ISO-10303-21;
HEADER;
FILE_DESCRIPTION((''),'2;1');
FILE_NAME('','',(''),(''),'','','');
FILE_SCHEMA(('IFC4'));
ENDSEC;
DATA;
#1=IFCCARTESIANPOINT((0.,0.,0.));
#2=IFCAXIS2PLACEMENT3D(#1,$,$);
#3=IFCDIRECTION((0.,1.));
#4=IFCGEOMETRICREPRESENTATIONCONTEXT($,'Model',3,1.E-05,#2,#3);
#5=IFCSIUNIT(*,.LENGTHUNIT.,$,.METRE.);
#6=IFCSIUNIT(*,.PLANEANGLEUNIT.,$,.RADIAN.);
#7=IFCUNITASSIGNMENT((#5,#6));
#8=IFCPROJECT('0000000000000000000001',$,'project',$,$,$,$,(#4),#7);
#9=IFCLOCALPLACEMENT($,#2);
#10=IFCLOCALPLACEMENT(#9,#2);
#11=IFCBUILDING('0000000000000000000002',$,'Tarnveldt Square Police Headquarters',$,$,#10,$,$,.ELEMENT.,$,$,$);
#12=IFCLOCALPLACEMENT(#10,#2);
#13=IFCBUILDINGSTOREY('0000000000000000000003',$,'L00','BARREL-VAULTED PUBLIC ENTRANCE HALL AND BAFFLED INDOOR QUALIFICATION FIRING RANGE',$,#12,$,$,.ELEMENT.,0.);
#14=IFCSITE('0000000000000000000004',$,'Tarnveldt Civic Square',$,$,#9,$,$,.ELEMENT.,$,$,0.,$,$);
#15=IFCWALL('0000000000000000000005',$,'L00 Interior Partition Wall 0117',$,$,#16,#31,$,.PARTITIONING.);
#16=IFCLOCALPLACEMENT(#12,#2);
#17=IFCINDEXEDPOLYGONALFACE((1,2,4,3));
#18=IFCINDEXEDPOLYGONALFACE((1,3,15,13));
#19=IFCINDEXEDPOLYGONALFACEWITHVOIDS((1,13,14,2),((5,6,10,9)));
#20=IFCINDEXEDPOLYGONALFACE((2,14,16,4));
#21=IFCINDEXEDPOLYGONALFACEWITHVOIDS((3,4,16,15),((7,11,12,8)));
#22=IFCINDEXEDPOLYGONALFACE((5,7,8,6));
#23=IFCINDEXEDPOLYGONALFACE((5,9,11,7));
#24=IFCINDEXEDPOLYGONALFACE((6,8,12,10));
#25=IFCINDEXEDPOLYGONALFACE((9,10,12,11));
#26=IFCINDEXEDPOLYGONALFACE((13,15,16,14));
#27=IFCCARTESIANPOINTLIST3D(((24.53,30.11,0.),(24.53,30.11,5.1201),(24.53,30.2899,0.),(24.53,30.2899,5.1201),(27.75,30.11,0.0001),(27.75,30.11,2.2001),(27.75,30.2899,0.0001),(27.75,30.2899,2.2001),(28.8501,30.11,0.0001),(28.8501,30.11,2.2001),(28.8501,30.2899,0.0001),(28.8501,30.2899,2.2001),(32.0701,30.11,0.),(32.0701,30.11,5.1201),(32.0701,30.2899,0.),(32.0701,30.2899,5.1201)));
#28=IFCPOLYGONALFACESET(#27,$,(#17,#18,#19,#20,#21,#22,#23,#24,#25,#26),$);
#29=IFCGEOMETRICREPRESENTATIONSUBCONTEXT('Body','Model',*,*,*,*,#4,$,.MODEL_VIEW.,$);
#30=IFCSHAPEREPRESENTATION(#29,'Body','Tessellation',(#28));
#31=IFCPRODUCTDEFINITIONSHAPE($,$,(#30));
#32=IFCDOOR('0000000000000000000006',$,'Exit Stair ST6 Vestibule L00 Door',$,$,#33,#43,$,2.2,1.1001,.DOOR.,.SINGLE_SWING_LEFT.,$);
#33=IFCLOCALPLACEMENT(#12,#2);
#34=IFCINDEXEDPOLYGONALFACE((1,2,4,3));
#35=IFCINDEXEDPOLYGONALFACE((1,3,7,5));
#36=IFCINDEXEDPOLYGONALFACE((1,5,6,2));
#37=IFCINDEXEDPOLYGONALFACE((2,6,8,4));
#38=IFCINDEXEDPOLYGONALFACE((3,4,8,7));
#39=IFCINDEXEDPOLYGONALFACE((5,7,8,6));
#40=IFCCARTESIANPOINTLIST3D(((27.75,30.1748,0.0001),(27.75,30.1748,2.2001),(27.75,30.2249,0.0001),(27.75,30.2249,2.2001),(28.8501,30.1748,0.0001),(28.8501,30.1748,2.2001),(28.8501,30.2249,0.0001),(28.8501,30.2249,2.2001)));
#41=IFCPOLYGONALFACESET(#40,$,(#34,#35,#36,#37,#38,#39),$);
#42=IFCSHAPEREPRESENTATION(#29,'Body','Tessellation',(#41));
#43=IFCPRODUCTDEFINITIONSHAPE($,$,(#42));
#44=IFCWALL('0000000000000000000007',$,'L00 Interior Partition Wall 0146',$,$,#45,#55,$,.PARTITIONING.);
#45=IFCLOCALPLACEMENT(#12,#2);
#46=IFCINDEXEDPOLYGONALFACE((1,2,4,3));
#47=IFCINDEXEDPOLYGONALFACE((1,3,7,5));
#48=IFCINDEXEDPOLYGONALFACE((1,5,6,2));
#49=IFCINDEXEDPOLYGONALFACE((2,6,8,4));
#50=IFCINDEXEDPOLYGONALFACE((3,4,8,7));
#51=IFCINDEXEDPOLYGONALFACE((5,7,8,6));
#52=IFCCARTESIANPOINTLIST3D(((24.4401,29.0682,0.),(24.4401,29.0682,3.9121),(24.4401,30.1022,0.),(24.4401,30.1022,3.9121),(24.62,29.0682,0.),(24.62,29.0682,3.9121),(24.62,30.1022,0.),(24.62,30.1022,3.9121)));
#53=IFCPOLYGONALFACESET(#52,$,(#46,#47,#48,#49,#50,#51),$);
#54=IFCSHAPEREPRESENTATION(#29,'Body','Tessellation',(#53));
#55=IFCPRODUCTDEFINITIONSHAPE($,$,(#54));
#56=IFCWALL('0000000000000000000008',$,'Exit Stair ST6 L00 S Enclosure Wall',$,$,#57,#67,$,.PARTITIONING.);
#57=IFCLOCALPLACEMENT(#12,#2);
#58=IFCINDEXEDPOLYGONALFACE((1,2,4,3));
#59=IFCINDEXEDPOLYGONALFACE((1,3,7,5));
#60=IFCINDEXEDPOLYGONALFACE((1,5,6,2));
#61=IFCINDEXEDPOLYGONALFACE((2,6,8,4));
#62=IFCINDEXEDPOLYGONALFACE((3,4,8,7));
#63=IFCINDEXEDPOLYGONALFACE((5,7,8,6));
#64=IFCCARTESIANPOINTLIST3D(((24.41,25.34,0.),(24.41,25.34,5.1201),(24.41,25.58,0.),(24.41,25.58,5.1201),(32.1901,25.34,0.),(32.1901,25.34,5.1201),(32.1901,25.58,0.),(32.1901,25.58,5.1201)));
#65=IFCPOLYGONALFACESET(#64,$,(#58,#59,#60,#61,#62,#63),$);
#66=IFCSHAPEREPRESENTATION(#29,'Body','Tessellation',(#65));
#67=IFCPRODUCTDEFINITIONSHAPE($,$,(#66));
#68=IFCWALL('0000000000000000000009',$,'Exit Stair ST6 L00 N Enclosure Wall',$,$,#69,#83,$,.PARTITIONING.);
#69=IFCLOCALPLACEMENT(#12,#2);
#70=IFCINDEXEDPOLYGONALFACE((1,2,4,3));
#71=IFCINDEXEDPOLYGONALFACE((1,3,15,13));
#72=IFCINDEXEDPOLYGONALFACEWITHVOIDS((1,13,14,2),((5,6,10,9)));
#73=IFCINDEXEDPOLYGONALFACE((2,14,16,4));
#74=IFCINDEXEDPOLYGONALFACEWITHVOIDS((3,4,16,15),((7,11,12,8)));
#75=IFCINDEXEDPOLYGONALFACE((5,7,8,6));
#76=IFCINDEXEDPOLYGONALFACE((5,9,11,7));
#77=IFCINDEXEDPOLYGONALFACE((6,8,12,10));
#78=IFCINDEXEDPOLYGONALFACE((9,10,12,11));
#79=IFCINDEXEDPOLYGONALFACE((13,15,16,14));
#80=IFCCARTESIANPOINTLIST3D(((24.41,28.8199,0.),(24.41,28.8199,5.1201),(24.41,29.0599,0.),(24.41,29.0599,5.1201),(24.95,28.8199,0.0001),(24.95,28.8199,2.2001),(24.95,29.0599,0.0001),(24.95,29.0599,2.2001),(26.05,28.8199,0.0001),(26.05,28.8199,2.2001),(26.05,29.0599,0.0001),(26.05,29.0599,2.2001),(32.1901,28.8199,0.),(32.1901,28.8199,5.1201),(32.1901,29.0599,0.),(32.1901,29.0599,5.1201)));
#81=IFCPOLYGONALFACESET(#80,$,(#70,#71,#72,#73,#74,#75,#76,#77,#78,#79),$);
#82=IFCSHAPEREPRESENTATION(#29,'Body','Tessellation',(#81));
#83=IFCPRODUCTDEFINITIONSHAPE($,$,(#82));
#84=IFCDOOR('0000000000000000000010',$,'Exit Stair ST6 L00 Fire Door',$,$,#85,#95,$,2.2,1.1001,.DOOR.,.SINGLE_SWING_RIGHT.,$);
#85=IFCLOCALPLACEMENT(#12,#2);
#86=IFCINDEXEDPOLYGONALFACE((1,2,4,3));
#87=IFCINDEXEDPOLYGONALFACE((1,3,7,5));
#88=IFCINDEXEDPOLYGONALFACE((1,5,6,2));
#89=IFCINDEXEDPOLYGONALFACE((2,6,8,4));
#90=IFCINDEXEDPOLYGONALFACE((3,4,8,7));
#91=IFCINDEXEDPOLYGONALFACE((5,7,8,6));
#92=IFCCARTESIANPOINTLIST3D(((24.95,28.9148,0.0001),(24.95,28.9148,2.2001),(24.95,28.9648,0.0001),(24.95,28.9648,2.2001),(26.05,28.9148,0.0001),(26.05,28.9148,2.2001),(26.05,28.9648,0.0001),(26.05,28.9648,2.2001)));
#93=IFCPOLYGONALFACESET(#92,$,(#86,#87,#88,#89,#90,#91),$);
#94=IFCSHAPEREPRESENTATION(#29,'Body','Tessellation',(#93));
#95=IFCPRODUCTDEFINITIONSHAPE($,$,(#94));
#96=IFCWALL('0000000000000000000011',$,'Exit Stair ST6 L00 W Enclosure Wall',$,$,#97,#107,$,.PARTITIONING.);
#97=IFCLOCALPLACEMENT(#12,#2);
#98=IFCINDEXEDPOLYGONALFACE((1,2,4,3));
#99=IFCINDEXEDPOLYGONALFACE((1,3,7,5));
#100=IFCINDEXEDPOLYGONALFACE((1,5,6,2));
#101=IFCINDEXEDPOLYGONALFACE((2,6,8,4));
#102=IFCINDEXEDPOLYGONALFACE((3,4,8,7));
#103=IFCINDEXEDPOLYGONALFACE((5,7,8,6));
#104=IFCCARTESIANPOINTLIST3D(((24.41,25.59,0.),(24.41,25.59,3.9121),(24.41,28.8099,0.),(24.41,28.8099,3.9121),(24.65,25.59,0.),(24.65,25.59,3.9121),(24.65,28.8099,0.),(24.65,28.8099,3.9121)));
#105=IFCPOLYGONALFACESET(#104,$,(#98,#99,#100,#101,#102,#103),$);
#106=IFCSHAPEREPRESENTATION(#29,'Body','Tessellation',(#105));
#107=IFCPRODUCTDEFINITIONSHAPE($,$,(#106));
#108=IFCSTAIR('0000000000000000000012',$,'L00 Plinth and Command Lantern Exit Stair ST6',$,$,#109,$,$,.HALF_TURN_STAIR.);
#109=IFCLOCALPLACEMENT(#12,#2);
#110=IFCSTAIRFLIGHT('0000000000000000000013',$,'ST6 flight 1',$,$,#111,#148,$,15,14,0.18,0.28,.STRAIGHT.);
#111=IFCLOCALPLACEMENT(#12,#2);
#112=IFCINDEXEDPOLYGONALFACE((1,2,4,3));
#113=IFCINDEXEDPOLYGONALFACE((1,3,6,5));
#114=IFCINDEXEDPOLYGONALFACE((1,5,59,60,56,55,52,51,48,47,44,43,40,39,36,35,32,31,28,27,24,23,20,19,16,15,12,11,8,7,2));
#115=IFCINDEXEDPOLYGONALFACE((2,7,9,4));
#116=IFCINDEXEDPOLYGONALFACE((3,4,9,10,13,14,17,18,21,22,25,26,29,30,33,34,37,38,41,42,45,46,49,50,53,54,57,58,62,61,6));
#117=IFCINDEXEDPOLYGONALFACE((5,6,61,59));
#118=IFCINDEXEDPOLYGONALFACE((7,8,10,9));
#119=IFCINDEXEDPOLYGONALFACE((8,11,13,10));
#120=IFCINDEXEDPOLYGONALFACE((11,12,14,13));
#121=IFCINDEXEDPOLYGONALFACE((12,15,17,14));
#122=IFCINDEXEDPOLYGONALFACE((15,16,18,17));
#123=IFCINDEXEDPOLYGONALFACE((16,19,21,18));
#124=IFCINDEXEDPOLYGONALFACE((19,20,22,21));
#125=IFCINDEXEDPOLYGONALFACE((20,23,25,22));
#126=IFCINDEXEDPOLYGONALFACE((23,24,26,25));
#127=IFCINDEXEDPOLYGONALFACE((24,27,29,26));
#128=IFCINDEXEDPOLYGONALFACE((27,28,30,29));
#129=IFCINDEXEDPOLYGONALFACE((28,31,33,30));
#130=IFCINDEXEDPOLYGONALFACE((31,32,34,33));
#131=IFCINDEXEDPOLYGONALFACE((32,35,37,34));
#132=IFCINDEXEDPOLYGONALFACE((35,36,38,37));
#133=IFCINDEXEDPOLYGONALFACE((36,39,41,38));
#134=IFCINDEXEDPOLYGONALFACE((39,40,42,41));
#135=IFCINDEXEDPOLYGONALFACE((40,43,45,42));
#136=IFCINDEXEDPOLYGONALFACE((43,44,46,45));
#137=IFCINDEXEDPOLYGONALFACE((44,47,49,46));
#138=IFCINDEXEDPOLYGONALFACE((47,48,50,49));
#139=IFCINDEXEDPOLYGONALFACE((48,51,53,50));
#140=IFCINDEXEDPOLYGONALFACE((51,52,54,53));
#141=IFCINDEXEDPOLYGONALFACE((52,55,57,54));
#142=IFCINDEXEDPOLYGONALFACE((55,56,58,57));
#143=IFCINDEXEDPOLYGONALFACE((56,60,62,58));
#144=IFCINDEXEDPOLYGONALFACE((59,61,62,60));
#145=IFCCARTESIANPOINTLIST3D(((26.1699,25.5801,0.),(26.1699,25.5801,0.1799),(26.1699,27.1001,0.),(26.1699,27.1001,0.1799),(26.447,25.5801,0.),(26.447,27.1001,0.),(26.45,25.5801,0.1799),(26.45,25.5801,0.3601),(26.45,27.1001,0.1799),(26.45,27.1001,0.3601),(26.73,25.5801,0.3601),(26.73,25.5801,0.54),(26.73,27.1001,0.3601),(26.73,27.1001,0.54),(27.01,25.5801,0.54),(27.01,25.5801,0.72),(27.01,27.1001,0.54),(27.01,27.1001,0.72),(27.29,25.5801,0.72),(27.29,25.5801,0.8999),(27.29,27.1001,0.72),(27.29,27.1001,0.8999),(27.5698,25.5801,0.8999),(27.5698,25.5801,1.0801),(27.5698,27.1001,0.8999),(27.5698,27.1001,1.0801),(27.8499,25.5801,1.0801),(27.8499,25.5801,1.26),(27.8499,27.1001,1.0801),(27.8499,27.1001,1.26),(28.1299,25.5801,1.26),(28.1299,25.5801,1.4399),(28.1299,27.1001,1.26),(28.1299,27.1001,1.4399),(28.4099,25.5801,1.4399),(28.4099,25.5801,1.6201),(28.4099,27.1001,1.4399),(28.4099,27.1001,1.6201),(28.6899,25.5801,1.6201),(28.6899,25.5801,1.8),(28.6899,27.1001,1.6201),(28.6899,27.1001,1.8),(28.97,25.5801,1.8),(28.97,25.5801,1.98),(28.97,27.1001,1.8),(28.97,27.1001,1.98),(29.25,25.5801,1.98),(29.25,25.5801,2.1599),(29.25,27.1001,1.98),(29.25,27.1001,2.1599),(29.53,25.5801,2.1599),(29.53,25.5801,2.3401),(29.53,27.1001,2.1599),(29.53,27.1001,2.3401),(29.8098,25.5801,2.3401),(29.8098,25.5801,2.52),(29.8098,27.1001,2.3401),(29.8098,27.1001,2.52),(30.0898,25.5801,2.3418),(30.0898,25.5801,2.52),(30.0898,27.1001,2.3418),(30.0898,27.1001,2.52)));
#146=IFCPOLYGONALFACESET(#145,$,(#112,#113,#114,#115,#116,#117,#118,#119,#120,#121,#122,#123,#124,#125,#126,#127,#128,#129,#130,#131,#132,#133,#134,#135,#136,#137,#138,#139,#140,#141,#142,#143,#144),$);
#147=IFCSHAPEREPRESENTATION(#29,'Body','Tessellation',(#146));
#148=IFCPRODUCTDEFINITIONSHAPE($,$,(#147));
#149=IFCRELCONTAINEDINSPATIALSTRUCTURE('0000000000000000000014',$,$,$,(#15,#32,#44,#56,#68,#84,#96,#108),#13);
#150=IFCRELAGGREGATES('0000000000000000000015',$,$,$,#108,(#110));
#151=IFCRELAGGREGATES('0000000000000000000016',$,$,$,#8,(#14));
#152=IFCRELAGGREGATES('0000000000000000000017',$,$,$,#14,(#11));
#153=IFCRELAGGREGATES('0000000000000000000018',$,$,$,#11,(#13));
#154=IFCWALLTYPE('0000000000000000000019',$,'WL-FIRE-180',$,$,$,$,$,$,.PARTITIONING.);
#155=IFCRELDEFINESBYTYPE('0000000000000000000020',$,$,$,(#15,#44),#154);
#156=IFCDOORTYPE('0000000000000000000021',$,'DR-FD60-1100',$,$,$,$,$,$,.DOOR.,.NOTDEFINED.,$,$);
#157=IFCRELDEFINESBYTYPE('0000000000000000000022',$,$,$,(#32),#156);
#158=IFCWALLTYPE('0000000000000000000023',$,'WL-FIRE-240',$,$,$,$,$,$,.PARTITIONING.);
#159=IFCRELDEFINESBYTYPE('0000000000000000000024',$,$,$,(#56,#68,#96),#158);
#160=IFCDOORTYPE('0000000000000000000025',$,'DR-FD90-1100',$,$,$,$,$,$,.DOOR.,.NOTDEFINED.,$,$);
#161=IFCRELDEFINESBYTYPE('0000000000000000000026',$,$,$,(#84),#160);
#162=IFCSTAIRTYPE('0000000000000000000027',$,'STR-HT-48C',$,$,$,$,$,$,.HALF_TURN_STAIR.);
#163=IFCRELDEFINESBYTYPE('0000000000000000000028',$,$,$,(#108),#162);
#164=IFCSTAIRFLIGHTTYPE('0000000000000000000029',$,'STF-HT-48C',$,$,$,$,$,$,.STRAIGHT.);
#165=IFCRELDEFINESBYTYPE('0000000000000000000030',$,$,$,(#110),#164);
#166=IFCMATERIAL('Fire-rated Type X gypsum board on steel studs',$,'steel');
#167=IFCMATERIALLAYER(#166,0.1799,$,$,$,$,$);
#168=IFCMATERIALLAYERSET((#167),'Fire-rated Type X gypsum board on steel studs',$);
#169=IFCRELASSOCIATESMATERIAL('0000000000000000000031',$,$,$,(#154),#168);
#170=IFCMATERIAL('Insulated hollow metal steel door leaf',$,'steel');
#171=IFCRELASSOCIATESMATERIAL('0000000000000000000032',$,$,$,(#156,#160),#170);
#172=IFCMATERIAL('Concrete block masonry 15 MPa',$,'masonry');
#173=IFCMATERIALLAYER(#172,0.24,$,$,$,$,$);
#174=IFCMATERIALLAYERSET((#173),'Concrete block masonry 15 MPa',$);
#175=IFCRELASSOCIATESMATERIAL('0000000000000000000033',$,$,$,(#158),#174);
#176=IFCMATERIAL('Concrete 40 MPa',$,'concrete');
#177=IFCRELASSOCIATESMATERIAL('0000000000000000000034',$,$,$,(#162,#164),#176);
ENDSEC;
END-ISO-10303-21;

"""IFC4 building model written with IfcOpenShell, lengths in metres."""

from ifc_helpers import new_model, si_unit, direction, frame, frame_2d, origin, place, context, subcontext, project, spatial, polyline, rectangle, outline, extrude, material, layer, layer_set, type_object, element, fill, aggregate, save


model = new_model("IFC4")

# Units and contexts
model_context = context("Model", 3, precision=1e-05, world=origin(), true_north=direction((0.0, 1.0)))
body_context = subcontext(model_context, "Body", "Model", "MODEL_VIEW")
ifc_project = project(units=[si_unit("LENGTHUNIT", "METRE"), si_unit("PLANEANGLEUNIT", "RADIAN")], contexts=[model_context])

# Site, building, storey
site_placement = place(None, origin())
site = spatial("IfcSite", under=ifc_project, at=site_placement, Name="Tarnveldt Civic Square", CompositionType="ELEMENT", RefElevation=0.0)
building_placement = place(site_placement, origin())
building = spatial("IfcBuilding", under=site, at=building_placement, Name="Tarnveldt Square Police Headquarters", CompositionType="ELEMENT")
storey_placement = place(building_placement, origin())
storey = spatial("IfcBuildingStorey", under=building, at=storey_placement, Name="L00", Description="BARREL-VAULTED PUBLIC ENTRANCE HALL AND BAFFLED INDOOR QUALIFICATION FIRING RANGE", CompositionType="ELEMENT", Elevation=0.0)

# Shared definitions
ifc_material_1 = material(Name="Concrete 40 MPa", Category="concrete")

# Shared definitions
ifc_material_2 = material(Name="Fire-rated Type X gypsum board on steel studs", Category="steel")
ifc_layer_1 = layer(ifc_material_2, 0.1799)
ifc_layer_set_1 = layer_set([ifc_layer_1], Name="Fire-rated Type X gypsum board on steel studs")
wall_type_1 = type_object("IfcWallType", Name="WL-FIRE-180", PredefinedType="PARTITIONING", material=ifc_layer_set_1)

# Wall, opening, door
wall_1_placement = place(storey_placement, frame((24.53, 30.2, 0.0), z_axis=(0.0, 0.0, 1.0), x_axis=(1.0, 0.0, 0.0)))
wall_1 = element("IfcWall", 1, at=wall_1_placement, inside=storey, type_object=wall_type_1, Name="L00 Interior Partition Wall 0117", PredefinedType="PARTITIONING", context=body_context, shape_type="SweptSolid", body=[
    extrude(rectangle(XDim=7.54, YDim=0.1799, at=frame_2d((3.77, 0.0))), origin(), (0.0, 0.0, 1.0), 5.1201),
])
opening_1_placement = place(wall_1_placement, frame((3.22, 0.0, 0.0)))
opening_1 = element("IfcOpeningElement", 2, at=opening_1_placement, cuts=wall_1, PredefinedType="OPENING", context=body_context, shape_type="SweptSolid", body=[
    extrude(rectangle(XDim=1.1001, YDim=2.2, at=frame_2d((0.55, 1.1001))), frame((0.0, 0.0999, 0.0), z_axis=(0.0, -1.0, 0.0), x_axis=(1.0, 0.0, 0.0)), (0.0, 0.0, 1.0), 0.2),
])
ifc_material_3 = material(Name="Insulated hollow metal steel door leaf", Category="steel")
door_type_1 = type_object("IfcDoorType", Name="DR-FD60-1100", OperationType="NOTDEFINED", PredefinedType="DOOR", material=ifc_material_3)
door_1_placement = place(opening_1_placement, origin())
door_1 = element("IfcDoor", 3, at=door_1_placement, inside=storey, type_object=door_type_1, Name="Exit Stair ST6 Vestibule L00 Door", OperationType="SINGLE_SWING_LEFT", OverallHeight=2.2, OverallWidth=1.1001, PredefinedType="DOOR", context=body_context, shape_type="SweptSolid", body=[
    extrude(rectangle(XDim=1.1001, YDim=2.2, at=frame_2d((0.55, 1.1001))), frame((0.0, 0.0249, 0.0), z_axis=(0.0, -1.0, 0.0), x_axis=(1.0, 0.0, 0.0)), (0.0, 0.0, 1.0), 0.05),
])
fill(opening_1, door_1)

# Walls
wall_2_placement = place(storey_placement, frame((24.53, 29.0681, 0.0), z_axis=(0.0, 0.0, 1.0), x_axis=(0.0, 1.0, 0.0)))
element("IfcWall", 4, at=wall_2_placement, inside=storey, type_object=wall_type_1, Name="L00 Interior Partition Wall 0146", PredefinedType="PARTITIONING", context=body_context, shape_type="SweptSolid", body=[
    extrude(rectangle(XDim=1.0339, YDim=0.1799, at=frame_2d((0.5171, 0.0))), origin(), (0.0, 0.0, 1.0), 3.9121),
])
ifc_material_4 = material(Name="Concrete block masonry 15 MPa", Category="masonry")
ifc_layer_2 = layer(ifc_material_4, 0.24)
ifc_layer_set_2 = layer_set([ifc_layer_2], Name="Concrete block masonry 15 MPa")
wall_type_2 = type_object("IfcWallType", Name="WL-FIRE-240", PredefinedType="PARTITIONING", material=ifc_layer_set_2)
wall_3_placement = place(storey_placement, frame((24.4099, 25.46, 0.0), z_axis=(0.0, 0.0, 1.0), x_axis=(1.0, 0.0, 0.0)))
element("IfcWall", 5, at=wall_3_placement, inside=storey, type_object=wall_type_2, Name="Exit Stair ST6 L00 S Enclosure Wall", PredefinedType="PARTITIONING", context=body_context, shape_type="SweptSolid", body=[
    extrude(rectangle(XDim=7.78, YDim=0.24, at=frame_2d((3.8901, 0.0))), origin(), (0.0, 0.0, 1.0), 5.1201),
])

# Wall, opening, door
wall_4_placement = place(storey_placement, frame((24.4099, 28.9399, 0.0), z_axis=(0.0, 0.0, 1.0), x_axis=(1.0, 0.0, 0.0)))
wall_4 = element("IfcWall", 6, at=wall_4_placement, inside=storey, type_object=wall_type_2, Name="Exit Stair ST6 L00 N Enclosure Wall", PredefinedType="PARTITIONING", context=body_context, shape_type="SweptSolid", body=[
    extrude(rectangle(XDim=7.78, YDim=0.24, at=frame_2d((3.8901, 0.0))), origin(), (0.0, 0.0, 1.0), 5.1201),
])
opening_2_placement = place(wall_4_placement, frame((0.54, 0.0, 0.0)))
opening_2 = element("IfcOpeningElement", 7, at=opening_2_placement, cuts=wall_4, PredefinedType="OPENING", context=body_context, shape_type="SweptSolid", body=[
    extrude(rectangle(XDim=1.1001, YDim=2.2, at=frame_2d((0.55, 1.1001))), frame((0.0, 0.1299, 0.0), z_axis=(0.0, -1.0, 0.0), x_axis=(1.0, 0.0, 0.0)), (0.0, 0.0, 1.0), 0.26),
])
door_type_2 = type_object("IfcDoorType", Name="DR-FD90-1100", OperationType="NOTDEFINED", PredefinedType="DOOR", material=ifc_material_3)
door_2_placement = place(opening_2_placement, origin())
door_2 = element("IfcDoor", 8, at=door_2_placement, inside=storey, type_object=door_type_2, Name="Exit Stair ST6 L00 Fire Door", OperationType="SINGLE_SWING_RIGHT", OverallHeight=2.2, OverallWidth=1.1001, PredefinedType="DOOR", context=body_context, shape_type="SweptSolid", body=[
    extrude(rectangle(XDim=1.1001, YDim=2.2, at=frame_2d((0.55, 1.1001))), frame((0.0, 0.0249, 0.0), z_axis=(0.0, -1.0, 0.0), x_axis=(1.0, 0.0, 0.0)), (0.0, 0.0, 1.0), 0.05),
])
fill(opening_2, door_2)

# Wall
wall_5_placement = place(storey_placement, frame((24.53, 25.5901, 0.0), z_axis=(0.0, 0.0, 1.0), x_axis=(0.0, 1.0, 0.0)))
element("IfcWall", 9, at=wall_5_placement, inside=storey, type_object=wall_type_2, Name="Exit Stair ST6 L00 W Enclosure Wall", PredefinedType="PARTITIONING", context=body_context, shape_type="SweptSolid", body=[
    extrude(rectangle(XDim=3.22, YDim=0.24, at=frame_2d((1.6099, 0.0))), origin(), (0.0, 0.0, 1.0), 3.9121),
])

# Stair, stair flight
stair_type = type_object("IfcStairType", Name="STR-HT-48C", PredefinedType="HALF_TURN_STAIR", material=ifc_material_1)
stair_placement = place(storey_placement, origin())
stair = element("IfcStair", 10, at=stair_placement, inside=storey, type_object=stair_type, Name="L00 Plinth and Command Lantern Exit Stair ST6", PredefinedType="HALF_TURN_STAIR")
stair_flight_type = type_object("IfcStairFlightType", Name="STF-HT-48C", PredefinedType="STRAIGHT", material=ifc_material_1)
stair_flight_placement = place(storey_placement, frame((26.1699, 26.3401, 0.0), z_axis=(0.0, 0.0, 1.0), x_axis=(1.0, 0.0, 0.0)))
stair_flight = element("IfcStairFlight", 11, at=stair_flight_placement, type_object=stair_flight_type, Name="ST6 flight 1", NumberOfRisers=15, NumberOfTreads=14, PredefinedType="STRAIGHT", RiserHeight=0.18, TreadLength=0.28, context=body_context, shape_type="SweptSolid", body=[
    extrude(outline(polyline([(0.0, 0.0), (0.0, 0.1799), (0.28, 0.1799), (0.28, 0.3601), (0.5601, 0.3601), (0.5601, 0.54), (0.8401, 0.54), (0.8401, 0.72), (1.1201, 0.72), (1.1201, 0.8999), (1.3999, 0.8999), (1.3999, 1.0801), (1.6799, 1.0801), (1.6799, 1.26), (1.96, 1.26), (1.96, 1.4399), (2.24, 1.4399), (2.24, 1.6201), (2.52, 1.6201), (2.52, 1.8), (2.8, 1.8), (2.8, 1.98), (3.0801, 1.98), (3.0801, 2.1599), (3.3601, 2.1599), (3.3601, 2.3401), (3.6399, 2.3401), (3.6399, 2.52), (3.9199, 2.52), (3.9199, 2.7), (3.9199, 2.3418), (0.2771, 0.0), (0.0, 0.0)])), frame((0.0, 0.76, 0.0), z_axis=(0.0, -1.0, 0.0), x_axis=(1.0, 0.0, 0.0)), (0.0, 0.0, 1.0), 1.52),
])
aggregate(stair, [stair_flight])

save(model, "model.ifc")
